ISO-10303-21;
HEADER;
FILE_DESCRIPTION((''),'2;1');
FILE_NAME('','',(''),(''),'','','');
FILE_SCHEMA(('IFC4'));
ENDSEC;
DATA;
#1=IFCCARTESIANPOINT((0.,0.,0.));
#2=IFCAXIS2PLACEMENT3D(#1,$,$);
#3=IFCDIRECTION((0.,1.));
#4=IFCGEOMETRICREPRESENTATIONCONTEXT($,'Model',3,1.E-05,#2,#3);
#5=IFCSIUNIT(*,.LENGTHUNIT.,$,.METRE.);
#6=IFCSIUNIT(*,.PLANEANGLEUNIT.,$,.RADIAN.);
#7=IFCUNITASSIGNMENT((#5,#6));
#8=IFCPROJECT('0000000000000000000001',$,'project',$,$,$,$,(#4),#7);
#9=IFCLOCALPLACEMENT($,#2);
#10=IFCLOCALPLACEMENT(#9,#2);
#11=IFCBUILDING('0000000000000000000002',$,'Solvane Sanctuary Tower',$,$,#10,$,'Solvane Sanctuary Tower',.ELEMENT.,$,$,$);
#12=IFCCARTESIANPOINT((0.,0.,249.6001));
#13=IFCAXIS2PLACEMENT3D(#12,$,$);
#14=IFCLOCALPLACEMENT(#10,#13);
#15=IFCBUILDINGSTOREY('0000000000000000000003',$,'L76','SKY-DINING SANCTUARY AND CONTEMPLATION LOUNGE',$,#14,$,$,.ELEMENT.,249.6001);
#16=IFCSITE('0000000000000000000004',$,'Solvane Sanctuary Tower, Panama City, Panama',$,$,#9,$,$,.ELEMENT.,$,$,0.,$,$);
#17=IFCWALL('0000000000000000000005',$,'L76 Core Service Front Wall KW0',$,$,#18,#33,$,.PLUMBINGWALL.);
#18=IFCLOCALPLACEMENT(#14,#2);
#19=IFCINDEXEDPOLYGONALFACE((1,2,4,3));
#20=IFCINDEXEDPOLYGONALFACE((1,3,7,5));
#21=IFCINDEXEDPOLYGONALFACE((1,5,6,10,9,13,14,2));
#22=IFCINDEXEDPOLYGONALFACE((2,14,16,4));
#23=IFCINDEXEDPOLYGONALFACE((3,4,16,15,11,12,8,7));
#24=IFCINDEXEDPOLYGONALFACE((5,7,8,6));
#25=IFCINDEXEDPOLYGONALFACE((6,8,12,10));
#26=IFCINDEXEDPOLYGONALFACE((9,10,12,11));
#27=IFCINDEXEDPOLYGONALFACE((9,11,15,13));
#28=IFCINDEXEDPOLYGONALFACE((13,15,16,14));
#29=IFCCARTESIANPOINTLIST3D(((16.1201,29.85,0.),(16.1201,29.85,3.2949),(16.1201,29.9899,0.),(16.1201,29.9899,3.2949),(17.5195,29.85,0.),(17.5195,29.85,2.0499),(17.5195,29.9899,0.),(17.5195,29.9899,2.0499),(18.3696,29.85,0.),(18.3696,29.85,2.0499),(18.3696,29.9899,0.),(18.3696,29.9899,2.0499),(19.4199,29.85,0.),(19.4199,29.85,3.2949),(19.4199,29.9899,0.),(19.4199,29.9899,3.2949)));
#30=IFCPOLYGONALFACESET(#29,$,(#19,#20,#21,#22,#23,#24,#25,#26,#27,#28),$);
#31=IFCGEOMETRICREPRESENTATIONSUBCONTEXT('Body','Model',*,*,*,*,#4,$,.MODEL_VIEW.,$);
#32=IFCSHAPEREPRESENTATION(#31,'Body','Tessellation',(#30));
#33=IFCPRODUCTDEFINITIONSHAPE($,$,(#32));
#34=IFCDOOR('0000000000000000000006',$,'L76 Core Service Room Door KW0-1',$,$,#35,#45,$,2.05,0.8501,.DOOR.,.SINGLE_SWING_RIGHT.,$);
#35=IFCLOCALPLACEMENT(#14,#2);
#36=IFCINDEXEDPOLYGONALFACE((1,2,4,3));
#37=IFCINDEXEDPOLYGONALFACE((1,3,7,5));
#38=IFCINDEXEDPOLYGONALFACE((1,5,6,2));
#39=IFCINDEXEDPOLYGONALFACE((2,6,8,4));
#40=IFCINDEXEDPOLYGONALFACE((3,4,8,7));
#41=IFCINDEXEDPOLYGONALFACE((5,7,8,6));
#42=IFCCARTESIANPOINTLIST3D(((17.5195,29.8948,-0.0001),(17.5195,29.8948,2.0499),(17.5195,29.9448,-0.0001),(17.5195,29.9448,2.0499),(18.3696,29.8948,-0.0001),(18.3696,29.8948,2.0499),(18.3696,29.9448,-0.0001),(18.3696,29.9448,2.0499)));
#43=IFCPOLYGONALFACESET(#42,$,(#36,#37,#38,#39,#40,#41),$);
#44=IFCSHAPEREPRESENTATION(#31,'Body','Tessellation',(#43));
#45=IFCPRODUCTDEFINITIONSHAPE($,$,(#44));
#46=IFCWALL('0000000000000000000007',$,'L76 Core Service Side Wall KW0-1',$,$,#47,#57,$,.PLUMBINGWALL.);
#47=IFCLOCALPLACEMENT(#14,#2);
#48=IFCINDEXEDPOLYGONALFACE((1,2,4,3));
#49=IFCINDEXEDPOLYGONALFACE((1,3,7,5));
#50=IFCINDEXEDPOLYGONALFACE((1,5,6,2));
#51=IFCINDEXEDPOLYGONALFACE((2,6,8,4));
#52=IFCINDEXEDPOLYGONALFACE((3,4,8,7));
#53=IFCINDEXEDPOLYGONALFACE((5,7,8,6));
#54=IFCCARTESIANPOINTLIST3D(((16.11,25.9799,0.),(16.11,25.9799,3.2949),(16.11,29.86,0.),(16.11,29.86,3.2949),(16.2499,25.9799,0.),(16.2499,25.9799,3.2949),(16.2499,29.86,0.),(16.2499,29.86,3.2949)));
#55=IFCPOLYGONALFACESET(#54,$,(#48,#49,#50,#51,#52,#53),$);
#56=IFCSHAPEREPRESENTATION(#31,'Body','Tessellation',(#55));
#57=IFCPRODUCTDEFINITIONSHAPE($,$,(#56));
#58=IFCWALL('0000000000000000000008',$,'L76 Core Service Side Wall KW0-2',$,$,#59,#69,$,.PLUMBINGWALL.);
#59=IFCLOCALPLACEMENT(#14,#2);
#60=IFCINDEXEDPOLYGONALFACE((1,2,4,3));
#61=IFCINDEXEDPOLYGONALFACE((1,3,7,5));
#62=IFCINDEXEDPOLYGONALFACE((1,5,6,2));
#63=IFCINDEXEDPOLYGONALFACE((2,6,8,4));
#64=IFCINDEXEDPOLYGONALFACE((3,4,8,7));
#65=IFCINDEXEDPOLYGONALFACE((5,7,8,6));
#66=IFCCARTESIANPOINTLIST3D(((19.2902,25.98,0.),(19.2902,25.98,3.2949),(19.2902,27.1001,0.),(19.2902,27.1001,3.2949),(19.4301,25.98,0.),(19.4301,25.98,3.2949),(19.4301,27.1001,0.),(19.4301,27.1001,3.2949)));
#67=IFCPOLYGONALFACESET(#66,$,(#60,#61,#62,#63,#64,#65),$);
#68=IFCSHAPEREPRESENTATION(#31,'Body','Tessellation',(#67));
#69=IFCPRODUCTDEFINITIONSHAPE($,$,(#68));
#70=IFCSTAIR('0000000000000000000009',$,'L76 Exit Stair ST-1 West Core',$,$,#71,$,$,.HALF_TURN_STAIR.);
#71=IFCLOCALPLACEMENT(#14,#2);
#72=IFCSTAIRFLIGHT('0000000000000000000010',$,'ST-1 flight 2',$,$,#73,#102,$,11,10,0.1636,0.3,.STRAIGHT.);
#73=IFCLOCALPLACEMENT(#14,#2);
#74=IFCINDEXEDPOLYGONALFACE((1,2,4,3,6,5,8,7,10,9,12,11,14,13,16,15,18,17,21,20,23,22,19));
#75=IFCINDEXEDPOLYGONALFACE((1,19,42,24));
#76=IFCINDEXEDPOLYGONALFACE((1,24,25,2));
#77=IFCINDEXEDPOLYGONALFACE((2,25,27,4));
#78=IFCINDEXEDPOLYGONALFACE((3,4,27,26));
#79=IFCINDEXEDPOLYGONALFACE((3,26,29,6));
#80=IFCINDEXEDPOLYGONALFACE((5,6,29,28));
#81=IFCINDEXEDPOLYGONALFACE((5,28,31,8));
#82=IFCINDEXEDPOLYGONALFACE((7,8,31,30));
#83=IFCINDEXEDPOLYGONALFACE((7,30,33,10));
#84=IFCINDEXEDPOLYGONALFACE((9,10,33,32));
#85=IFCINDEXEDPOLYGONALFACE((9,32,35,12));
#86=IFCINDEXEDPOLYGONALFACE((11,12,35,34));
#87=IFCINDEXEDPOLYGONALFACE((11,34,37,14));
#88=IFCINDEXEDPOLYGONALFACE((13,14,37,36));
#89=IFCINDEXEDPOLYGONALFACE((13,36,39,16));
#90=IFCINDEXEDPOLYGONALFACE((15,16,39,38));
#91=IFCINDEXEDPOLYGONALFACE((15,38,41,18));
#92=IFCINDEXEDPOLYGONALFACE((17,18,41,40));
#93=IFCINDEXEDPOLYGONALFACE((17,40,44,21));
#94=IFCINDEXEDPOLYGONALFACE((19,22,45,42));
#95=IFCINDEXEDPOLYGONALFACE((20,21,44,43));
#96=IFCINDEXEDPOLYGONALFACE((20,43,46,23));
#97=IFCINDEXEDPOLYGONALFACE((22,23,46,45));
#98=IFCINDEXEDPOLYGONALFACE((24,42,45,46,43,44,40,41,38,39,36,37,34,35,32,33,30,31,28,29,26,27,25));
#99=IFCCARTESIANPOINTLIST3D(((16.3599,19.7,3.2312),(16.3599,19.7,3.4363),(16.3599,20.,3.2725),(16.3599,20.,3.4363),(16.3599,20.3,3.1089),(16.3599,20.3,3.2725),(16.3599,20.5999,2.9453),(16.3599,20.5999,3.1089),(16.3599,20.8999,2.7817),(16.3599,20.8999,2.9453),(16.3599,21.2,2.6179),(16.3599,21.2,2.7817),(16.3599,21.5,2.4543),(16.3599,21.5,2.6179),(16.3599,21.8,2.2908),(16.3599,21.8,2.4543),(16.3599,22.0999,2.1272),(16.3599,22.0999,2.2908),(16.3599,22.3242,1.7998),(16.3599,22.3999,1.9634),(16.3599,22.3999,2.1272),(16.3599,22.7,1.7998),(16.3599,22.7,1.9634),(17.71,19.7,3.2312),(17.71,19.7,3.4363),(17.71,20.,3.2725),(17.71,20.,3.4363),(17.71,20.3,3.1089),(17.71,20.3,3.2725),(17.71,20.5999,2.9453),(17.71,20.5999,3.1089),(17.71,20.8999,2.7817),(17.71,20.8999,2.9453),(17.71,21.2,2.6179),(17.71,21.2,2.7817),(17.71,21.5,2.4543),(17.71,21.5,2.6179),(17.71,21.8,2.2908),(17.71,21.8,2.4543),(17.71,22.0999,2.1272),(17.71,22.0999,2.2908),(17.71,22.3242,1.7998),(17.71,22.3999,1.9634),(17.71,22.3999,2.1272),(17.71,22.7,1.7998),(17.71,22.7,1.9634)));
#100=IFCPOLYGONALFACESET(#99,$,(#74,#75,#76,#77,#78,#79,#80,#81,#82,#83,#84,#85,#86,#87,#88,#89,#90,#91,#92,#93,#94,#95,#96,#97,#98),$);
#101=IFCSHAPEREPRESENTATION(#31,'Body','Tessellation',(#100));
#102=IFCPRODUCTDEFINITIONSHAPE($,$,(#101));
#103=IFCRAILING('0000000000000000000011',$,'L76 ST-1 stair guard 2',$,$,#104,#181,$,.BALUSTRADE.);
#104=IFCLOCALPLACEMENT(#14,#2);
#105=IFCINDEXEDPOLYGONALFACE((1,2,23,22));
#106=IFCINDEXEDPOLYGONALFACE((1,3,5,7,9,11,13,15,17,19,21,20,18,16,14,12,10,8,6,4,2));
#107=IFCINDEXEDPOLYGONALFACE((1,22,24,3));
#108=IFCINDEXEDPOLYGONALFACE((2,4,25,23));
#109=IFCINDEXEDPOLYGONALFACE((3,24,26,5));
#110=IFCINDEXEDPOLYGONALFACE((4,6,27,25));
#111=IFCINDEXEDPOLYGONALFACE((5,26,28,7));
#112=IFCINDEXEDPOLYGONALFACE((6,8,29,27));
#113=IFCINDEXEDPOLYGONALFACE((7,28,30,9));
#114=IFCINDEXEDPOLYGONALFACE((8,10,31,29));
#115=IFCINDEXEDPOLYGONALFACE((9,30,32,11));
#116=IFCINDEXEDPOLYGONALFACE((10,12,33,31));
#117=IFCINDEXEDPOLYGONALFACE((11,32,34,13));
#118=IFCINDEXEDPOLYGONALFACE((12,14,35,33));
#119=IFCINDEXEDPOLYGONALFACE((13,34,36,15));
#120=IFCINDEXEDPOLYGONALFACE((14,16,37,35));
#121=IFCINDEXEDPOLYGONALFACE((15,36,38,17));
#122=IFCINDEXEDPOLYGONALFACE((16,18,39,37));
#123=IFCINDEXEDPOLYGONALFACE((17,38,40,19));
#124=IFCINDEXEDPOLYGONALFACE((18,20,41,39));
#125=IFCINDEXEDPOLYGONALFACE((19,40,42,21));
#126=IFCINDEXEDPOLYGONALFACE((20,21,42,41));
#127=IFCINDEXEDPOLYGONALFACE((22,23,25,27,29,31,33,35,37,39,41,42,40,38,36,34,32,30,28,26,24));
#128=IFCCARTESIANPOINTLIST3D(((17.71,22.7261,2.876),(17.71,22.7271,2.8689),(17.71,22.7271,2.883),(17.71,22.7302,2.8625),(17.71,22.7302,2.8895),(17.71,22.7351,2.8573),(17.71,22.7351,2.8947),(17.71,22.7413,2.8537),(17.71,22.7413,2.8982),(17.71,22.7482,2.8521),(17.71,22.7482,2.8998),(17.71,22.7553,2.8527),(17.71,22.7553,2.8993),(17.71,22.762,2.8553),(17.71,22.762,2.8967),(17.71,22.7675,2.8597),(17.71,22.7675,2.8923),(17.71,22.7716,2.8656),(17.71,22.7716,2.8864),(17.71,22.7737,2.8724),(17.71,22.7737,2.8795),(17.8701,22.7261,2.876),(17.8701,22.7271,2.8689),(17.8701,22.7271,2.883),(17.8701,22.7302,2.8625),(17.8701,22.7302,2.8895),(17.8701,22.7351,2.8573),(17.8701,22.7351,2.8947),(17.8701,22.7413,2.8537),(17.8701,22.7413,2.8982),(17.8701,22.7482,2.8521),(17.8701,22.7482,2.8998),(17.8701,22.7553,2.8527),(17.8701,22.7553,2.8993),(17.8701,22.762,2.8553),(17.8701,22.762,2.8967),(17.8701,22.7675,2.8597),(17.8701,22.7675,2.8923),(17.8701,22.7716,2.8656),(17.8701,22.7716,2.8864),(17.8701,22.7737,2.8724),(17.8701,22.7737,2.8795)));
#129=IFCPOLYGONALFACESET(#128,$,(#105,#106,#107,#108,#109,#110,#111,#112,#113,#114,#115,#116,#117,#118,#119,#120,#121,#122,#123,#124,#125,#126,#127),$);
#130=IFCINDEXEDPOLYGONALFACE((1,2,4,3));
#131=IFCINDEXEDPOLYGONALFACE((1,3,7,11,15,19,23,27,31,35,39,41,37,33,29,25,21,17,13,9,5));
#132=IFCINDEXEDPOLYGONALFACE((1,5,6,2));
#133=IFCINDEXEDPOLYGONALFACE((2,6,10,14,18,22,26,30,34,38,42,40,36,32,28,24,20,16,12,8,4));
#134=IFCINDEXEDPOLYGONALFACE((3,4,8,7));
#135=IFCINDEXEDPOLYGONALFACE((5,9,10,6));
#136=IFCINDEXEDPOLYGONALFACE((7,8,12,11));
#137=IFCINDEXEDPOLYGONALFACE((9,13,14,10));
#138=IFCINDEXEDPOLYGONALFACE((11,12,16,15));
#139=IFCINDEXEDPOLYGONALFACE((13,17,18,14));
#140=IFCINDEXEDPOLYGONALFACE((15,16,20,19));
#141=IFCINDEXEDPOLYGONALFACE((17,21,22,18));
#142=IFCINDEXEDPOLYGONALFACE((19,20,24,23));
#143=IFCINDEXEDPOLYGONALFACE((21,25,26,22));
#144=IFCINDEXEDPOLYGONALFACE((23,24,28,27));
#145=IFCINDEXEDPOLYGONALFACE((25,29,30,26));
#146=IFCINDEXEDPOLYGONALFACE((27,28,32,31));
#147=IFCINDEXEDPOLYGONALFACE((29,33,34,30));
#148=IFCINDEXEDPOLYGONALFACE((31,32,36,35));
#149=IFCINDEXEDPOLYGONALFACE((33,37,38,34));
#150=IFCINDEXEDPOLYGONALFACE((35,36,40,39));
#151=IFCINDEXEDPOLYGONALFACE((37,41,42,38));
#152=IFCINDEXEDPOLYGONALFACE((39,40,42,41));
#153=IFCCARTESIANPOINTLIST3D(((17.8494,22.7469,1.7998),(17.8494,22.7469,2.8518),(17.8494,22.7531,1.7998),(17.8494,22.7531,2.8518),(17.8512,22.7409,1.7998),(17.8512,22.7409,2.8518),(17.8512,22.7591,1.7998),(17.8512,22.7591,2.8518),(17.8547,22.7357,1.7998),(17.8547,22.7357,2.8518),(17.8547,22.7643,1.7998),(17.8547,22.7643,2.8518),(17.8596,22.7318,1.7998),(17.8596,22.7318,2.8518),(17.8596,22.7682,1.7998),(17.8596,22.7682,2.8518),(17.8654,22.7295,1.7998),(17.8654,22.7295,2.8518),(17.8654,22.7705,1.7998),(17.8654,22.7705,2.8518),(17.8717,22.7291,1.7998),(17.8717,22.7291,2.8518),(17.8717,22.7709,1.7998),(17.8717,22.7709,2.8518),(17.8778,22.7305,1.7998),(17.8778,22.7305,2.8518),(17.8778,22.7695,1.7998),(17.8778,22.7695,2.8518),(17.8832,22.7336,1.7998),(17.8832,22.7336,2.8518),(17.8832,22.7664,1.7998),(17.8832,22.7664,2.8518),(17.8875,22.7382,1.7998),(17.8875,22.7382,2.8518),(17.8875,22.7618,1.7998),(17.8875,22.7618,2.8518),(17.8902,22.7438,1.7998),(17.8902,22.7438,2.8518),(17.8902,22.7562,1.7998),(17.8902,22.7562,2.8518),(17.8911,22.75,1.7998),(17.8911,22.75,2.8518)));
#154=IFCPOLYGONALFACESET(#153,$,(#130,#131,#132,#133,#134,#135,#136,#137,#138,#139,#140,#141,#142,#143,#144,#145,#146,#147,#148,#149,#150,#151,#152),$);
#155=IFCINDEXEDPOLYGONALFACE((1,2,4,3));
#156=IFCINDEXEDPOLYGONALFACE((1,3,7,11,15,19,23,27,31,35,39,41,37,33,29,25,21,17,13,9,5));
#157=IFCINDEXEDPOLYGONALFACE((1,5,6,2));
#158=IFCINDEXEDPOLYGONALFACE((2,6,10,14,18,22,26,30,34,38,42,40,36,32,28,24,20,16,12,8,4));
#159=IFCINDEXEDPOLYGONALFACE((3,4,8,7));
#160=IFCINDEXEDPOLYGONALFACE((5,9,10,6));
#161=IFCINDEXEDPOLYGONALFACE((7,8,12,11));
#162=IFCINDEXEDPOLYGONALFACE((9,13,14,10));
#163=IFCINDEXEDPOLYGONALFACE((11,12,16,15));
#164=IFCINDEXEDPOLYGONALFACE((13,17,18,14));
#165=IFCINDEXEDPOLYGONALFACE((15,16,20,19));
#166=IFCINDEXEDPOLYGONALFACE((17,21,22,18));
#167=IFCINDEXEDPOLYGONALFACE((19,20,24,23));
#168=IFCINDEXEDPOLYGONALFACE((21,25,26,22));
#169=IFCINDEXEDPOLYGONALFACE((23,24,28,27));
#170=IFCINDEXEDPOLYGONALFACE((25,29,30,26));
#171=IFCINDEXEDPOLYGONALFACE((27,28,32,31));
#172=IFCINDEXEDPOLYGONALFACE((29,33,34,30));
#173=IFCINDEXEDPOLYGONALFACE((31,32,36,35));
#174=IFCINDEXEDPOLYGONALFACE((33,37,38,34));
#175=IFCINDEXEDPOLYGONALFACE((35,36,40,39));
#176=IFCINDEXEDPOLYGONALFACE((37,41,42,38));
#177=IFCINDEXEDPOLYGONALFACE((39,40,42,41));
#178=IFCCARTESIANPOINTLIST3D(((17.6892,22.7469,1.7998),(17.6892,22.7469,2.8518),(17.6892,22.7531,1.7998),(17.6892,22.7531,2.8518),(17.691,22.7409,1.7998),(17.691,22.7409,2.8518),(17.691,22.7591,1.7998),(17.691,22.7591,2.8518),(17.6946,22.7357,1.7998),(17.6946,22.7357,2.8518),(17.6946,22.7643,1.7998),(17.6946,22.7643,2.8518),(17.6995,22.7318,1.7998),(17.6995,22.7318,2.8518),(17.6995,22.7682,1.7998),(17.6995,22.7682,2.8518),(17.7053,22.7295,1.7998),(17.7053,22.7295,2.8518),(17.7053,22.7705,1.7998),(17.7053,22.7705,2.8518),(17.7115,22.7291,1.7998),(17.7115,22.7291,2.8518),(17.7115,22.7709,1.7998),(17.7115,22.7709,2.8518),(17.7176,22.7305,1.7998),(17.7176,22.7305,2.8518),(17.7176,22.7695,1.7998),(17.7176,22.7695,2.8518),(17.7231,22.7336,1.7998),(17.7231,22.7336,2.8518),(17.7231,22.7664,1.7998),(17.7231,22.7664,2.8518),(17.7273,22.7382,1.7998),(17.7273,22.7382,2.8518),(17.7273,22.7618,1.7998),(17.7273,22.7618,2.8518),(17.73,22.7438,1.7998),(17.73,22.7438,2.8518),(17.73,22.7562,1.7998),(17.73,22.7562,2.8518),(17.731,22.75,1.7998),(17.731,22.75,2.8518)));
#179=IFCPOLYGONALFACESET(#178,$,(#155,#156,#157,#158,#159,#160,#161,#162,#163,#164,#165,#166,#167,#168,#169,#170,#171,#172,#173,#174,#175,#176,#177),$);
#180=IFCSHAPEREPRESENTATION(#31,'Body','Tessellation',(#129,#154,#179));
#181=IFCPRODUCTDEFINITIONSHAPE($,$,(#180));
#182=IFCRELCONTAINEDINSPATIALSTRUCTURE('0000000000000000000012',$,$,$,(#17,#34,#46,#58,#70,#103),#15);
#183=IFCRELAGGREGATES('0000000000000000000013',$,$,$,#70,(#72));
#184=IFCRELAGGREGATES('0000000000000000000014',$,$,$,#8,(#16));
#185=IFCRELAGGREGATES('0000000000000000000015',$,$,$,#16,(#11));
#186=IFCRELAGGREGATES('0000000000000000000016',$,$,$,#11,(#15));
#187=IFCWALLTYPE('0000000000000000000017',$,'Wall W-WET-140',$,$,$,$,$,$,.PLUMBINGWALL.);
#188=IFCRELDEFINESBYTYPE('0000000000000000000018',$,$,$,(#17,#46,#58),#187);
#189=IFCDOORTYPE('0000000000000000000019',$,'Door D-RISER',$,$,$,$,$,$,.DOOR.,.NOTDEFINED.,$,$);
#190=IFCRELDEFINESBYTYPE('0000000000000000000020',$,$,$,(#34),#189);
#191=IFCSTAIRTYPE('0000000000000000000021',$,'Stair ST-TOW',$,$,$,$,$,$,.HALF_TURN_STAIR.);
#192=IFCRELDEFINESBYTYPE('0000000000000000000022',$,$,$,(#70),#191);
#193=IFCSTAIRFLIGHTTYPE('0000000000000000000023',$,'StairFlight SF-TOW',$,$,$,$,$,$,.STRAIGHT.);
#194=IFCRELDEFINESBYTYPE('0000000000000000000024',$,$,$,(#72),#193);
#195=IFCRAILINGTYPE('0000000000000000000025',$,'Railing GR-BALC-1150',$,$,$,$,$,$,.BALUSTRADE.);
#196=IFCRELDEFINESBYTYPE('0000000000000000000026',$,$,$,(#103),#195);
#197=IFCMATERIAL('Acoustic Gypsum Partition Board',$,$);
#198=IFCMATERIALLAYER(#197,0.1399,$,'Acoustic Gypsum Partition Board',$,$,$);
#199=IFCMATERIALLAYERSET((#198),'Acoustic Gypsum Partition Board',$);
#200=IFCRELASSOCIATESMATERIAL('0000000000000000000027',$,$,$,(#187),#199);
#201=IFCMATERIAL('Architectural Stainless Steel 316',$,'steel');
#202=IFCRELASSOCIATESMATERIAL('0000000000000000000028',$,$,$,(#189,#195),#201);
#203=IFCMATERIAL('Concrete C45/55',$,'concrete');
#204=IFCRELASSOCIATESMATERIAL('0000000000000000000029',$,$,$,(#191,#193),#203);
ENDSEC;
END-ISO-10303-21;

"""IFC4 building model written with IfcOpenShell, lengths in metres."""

from ifc_helpers import new_model, si_unit, direction, frame, frame_2d, origin, origin_2d, place, context, subcontext, project, spatial, polyline, rectangle, circle, outline, extrude, material, layer, layer_set, type_object, element, fill, aggregate, save


model = new_model("IFC4")

# Units and contexts
model_context = context("Model", 3, precision=1e-05, world=origin(), true_north=direction((0.0, 1.0)))
body_context = subcontext(model_context, "Body", "Model", "MODEL_VIEW")
ifc_project = project(units=[si_unit("LENGTHUNIT", "METRE"), si_unit("PLANEANGLEUNIT", "RADIAN")], contexts=[model_context])

# Site, building, storey
site_placement = place(None, origin())
site = spatial("IfcSite", under=ifc_project, at=site_placement, Name="Solvane Sanctuary Tower, Panama City, Panama", CompositionType="ELEMENT", RefElevation=0.0)
building_placement = place(site_placement, origin())
building = spatial("IfcBuilding", under=site, at=building_placement, Name="Solvane Sanctuary Tower", LongName="Solvane Sanctuary Tower", CompositionType="ELEMENT")
storey_placement = place(building_placement, frame((0.0, 0.0, 249.6001)))
storey = spatial("IfcBuildingStorey", under=building, at=storey_placement, Name="L76", Description="SKY-DINING SANCTUARY AND CONTEMPLATION LOUNGE", CompositionType="ELEMENT", Elevation=249.6001)

# Shared definitions
ifc_material_1 = material(Name="Acoustic Gypsum Partition Board")

# Shared definitions
ifc_material_2 = material(Name="Architectural Stainless Steel 316", Category="steel")

# Wall, opening, door
ifc_layer_1 = layer(ifc_material_1, 0.1399, Name="Acoustic Gypsum Partition Board")
ifc_layer_set_1 = layer_set([ifc_layer_1], Name="Acoustic Gypsum Partition Board")
wall_type_1 = type_object("IfcWallType", Name="Wall W-WET-140", PredefinedType="PLUMBINGWALL", material=ifc_layer_set_1)
wall_1_placement = place(storey_placement, frame((16.1201, 29.9199, 0.0), z_axis=(0.0, 0.0, 1.0), x_axis=(1.0, 0.0, 0.0)))
wall_1 = element("IfcWall", 1, at=wall_1_placement, inside=storey, type_object=wall_type_1, Name="L76 Core Service Front Wall KW0", PredefinedType="PLUMBINGWALL", context=body_context, shape_type="SweptSolid", body=[
    extrude(rectangle(XDim=3.2998, YDim=0.1399, at=frame_2d((1.6499, 0.0))), origin(), (0.0, 0.0, 1.0), 3.2949),
])
opening_1_placement = place(wall_1_placement, frame((1.3994, 0.0, 0.0)))
opening_1 = element("IfcOpeningElement", 2, at=opening_1_placement, cuts=wall_1, PredefinedType="OPENING", context=body_context, shape_type="SweptSolid", body=[
    extrude(rectangle(XDim=0.8501, YDim=2.05, at=frame_2d((0.425, 1.0249))), frame((0.0, 0.0798, 0.0), z_axis=(0.0, -1.0, 0.0), x_axis=(1.0, 0.0, 0.0)), (0.0, 0.0, 1.0), 0.1599),
])
door_type_1 = type_object("IfcDoorType", Name="Door D-RISER", OperationType="NOTDEFINED", PredefinedType="DOOR", material=ifc_material_2)
door_1_placement = place(opening_1_placement, origin())
door_1 = element("IfcDoor", 3, at=door_1_placement, inside=storey, type_object=door_type_1, Name="L76 Core Service Room Door KW0-1", OperationType="SINGLE_SWING_RIGHT", OverallHeight=2.05, OverallWidth=0.8501, PredefinedType="DOOR", context=body_context, shape_type="SweptSolid", body=[
    extrude(rectangle(XDim=0.8501, YDim=2.05, at=frame_2d((0.425, 1.0249))), frame((0.0, 0.0249, 0.0), z_axis=(0.0, -1.0, 0.0), x_axis=(1.0, 0.0, 0.0)), (0.0, 0.0, 1.0), 0.05),
])
fill(opening_1, door_1)

# Walls
wall_2_placement = place(storey_placement, frame((16.1799, 25.98, 0.0), z_axis=(0.0, 0.0, 1.0), x_axis=(0.0, 1.0, 0.0)))
element("IfcWall", 4, at=wall_2_placement, inside=storey, type_object=wall_type_1, Name="L76 Core Service Side Wall KW0-1", PredefinedType="PLUMBINGWALL", context=body_context, shape_type="SweptSolid", body=[
    extrude(rectangle(XDim=3.8801, YDim=0.1399, at=frame_2d((1.9399, 0.0))), origin(), (0.0, 0.0, 1.0), 3.2949),
])
wall_3_placement = place(storey_placement, frame((19.3601, 25.98, 0.0), z_axis=(0.0, 0.0, 1.0), x_axis=(0.0, 1.0, 0.0)))
element("IfcWall", 5, at=wall_3_placement, inside=storey, type_object=wall_type_1, Name="L76 Core Service Side Wall KW0-2", PredefinedType="PLUMBINGWALL", context=body_context, shape_type="SweptSolid", body=[
    extrude(rectangle(XDim=1.1201, YDim=0.1399, at=frame_2d((0.5601, 0.0))), origin(), (0.0, 0.0, 1.0), 3.2949),
])

# Stair, stair flight
ifc_material_3 = material(Name="Concrete C45/55", Category="concrete")
stair_type = type_object("IfcStairType", Name="Stair ST-TOW", PredefinedType="HALF_TURN_STAIR", material=ifc_material_3)
stair_placement = place(storey_placement, origin())
stair = element("IfcStair", 6, at=stair_placement, inside=storey, type_object=stair_type, Name="L76 Exit Stair ST-1 West Core", PredefinedType="HALF_TURN_STAIR")
stair_flight_type = type_object("IfcStairFlightType", Name="StairFlight SF-TOW", PredefinedType="STRAIGHT", material=ifc_material_3)
stair_flight_placement = place(storey_placement, frame((17.0349, 22.7, 1.7998), z_axis=(0.0, 0.0, 1.0), x_axis=(0.0, -1.0, 0.0)))
stair_flight = element("IfcStairFlight", 7, at=stair_flight_placement, type_object=stair_flight_type, Name="ST-1 flight 2", NumberOfRisers=11, NumberOfTreads=10, PredefinedType="STRAIGHT", RiserHeight=0.1636, TreadLength=0.3, context=body_context, shape_type="SweptSolid", body=[
    extrude(outline(polyline([(0.0, 0.0), (0.0, 0.1636), (0.3, 0.1636), (0.3, 0.3274), (0.6001, 0.3274), (0.6001, 0.491), (0.8999, 0.491), (0.8999, 0.6545), (1.2, 0.6545), (1.2, 0.8181), (1.5, 0.8181), (1.5, 0.9819), (1.8, 0.9819), (1.8, 1.1455), (2.1001, 1.1455), (2.1001, 1.3091), (2.3999, 1.3091), (2.3999, 1.4727), (2.7, 1.4727), (2.7, 1.6365), (3.0, 1.6365), (3.0, 1.8), (3.0, 1.4314), (0.3757, 0.0), (0.0, 0.0)])), frame((0.0, 0.675, 0.0), z_axis=(0.0, -1.0, 0.0), x_axis=(1.0, 0.0, 0.0)), (0.0, 0.0, 1.0), 1.3501),
])
aggregate(stair, [stair_flight])

# Railing
railing_type_1 = type_object("IfcRailingType", Name="Railing GR-BALC-1150", PredefinedType="BALUSTRADE", material=ifc_material_2)
railing_1_placement = place(storey_placement, frame((17.8701, 22.75, 1.7998)))
element("IfcRailing", 8, at=railing_1_placement, inside=storey, type_object=railing_type_1, Name="L76 ST-1 stair guard 2", PredefinedType="BALUSTRADE", context=body_context, shape_type="SweptSolid", body=[
    extrude(circle(Radius=0.0239, at=origin_2d()), frame((0.0, 0.0, 1.0762), z_axis=(-1.0, 0.0, 0.0), x_axis=(0.0, -1.0, 0.0)), (0.0, 0.0, 1.0), 0.1602),
    extrude(circle(Radius=0.021, at=origin_2d()), origin(), (0.0, 0.0, 1.0), 1.052),
    extrude(circle(Radius=0.021, at=origin_2d()), frame((-0.1602, 0.0, 0.0)), (0.0, 0.0, 1.0), 1.052),
])

save(model, "model.ifc")
